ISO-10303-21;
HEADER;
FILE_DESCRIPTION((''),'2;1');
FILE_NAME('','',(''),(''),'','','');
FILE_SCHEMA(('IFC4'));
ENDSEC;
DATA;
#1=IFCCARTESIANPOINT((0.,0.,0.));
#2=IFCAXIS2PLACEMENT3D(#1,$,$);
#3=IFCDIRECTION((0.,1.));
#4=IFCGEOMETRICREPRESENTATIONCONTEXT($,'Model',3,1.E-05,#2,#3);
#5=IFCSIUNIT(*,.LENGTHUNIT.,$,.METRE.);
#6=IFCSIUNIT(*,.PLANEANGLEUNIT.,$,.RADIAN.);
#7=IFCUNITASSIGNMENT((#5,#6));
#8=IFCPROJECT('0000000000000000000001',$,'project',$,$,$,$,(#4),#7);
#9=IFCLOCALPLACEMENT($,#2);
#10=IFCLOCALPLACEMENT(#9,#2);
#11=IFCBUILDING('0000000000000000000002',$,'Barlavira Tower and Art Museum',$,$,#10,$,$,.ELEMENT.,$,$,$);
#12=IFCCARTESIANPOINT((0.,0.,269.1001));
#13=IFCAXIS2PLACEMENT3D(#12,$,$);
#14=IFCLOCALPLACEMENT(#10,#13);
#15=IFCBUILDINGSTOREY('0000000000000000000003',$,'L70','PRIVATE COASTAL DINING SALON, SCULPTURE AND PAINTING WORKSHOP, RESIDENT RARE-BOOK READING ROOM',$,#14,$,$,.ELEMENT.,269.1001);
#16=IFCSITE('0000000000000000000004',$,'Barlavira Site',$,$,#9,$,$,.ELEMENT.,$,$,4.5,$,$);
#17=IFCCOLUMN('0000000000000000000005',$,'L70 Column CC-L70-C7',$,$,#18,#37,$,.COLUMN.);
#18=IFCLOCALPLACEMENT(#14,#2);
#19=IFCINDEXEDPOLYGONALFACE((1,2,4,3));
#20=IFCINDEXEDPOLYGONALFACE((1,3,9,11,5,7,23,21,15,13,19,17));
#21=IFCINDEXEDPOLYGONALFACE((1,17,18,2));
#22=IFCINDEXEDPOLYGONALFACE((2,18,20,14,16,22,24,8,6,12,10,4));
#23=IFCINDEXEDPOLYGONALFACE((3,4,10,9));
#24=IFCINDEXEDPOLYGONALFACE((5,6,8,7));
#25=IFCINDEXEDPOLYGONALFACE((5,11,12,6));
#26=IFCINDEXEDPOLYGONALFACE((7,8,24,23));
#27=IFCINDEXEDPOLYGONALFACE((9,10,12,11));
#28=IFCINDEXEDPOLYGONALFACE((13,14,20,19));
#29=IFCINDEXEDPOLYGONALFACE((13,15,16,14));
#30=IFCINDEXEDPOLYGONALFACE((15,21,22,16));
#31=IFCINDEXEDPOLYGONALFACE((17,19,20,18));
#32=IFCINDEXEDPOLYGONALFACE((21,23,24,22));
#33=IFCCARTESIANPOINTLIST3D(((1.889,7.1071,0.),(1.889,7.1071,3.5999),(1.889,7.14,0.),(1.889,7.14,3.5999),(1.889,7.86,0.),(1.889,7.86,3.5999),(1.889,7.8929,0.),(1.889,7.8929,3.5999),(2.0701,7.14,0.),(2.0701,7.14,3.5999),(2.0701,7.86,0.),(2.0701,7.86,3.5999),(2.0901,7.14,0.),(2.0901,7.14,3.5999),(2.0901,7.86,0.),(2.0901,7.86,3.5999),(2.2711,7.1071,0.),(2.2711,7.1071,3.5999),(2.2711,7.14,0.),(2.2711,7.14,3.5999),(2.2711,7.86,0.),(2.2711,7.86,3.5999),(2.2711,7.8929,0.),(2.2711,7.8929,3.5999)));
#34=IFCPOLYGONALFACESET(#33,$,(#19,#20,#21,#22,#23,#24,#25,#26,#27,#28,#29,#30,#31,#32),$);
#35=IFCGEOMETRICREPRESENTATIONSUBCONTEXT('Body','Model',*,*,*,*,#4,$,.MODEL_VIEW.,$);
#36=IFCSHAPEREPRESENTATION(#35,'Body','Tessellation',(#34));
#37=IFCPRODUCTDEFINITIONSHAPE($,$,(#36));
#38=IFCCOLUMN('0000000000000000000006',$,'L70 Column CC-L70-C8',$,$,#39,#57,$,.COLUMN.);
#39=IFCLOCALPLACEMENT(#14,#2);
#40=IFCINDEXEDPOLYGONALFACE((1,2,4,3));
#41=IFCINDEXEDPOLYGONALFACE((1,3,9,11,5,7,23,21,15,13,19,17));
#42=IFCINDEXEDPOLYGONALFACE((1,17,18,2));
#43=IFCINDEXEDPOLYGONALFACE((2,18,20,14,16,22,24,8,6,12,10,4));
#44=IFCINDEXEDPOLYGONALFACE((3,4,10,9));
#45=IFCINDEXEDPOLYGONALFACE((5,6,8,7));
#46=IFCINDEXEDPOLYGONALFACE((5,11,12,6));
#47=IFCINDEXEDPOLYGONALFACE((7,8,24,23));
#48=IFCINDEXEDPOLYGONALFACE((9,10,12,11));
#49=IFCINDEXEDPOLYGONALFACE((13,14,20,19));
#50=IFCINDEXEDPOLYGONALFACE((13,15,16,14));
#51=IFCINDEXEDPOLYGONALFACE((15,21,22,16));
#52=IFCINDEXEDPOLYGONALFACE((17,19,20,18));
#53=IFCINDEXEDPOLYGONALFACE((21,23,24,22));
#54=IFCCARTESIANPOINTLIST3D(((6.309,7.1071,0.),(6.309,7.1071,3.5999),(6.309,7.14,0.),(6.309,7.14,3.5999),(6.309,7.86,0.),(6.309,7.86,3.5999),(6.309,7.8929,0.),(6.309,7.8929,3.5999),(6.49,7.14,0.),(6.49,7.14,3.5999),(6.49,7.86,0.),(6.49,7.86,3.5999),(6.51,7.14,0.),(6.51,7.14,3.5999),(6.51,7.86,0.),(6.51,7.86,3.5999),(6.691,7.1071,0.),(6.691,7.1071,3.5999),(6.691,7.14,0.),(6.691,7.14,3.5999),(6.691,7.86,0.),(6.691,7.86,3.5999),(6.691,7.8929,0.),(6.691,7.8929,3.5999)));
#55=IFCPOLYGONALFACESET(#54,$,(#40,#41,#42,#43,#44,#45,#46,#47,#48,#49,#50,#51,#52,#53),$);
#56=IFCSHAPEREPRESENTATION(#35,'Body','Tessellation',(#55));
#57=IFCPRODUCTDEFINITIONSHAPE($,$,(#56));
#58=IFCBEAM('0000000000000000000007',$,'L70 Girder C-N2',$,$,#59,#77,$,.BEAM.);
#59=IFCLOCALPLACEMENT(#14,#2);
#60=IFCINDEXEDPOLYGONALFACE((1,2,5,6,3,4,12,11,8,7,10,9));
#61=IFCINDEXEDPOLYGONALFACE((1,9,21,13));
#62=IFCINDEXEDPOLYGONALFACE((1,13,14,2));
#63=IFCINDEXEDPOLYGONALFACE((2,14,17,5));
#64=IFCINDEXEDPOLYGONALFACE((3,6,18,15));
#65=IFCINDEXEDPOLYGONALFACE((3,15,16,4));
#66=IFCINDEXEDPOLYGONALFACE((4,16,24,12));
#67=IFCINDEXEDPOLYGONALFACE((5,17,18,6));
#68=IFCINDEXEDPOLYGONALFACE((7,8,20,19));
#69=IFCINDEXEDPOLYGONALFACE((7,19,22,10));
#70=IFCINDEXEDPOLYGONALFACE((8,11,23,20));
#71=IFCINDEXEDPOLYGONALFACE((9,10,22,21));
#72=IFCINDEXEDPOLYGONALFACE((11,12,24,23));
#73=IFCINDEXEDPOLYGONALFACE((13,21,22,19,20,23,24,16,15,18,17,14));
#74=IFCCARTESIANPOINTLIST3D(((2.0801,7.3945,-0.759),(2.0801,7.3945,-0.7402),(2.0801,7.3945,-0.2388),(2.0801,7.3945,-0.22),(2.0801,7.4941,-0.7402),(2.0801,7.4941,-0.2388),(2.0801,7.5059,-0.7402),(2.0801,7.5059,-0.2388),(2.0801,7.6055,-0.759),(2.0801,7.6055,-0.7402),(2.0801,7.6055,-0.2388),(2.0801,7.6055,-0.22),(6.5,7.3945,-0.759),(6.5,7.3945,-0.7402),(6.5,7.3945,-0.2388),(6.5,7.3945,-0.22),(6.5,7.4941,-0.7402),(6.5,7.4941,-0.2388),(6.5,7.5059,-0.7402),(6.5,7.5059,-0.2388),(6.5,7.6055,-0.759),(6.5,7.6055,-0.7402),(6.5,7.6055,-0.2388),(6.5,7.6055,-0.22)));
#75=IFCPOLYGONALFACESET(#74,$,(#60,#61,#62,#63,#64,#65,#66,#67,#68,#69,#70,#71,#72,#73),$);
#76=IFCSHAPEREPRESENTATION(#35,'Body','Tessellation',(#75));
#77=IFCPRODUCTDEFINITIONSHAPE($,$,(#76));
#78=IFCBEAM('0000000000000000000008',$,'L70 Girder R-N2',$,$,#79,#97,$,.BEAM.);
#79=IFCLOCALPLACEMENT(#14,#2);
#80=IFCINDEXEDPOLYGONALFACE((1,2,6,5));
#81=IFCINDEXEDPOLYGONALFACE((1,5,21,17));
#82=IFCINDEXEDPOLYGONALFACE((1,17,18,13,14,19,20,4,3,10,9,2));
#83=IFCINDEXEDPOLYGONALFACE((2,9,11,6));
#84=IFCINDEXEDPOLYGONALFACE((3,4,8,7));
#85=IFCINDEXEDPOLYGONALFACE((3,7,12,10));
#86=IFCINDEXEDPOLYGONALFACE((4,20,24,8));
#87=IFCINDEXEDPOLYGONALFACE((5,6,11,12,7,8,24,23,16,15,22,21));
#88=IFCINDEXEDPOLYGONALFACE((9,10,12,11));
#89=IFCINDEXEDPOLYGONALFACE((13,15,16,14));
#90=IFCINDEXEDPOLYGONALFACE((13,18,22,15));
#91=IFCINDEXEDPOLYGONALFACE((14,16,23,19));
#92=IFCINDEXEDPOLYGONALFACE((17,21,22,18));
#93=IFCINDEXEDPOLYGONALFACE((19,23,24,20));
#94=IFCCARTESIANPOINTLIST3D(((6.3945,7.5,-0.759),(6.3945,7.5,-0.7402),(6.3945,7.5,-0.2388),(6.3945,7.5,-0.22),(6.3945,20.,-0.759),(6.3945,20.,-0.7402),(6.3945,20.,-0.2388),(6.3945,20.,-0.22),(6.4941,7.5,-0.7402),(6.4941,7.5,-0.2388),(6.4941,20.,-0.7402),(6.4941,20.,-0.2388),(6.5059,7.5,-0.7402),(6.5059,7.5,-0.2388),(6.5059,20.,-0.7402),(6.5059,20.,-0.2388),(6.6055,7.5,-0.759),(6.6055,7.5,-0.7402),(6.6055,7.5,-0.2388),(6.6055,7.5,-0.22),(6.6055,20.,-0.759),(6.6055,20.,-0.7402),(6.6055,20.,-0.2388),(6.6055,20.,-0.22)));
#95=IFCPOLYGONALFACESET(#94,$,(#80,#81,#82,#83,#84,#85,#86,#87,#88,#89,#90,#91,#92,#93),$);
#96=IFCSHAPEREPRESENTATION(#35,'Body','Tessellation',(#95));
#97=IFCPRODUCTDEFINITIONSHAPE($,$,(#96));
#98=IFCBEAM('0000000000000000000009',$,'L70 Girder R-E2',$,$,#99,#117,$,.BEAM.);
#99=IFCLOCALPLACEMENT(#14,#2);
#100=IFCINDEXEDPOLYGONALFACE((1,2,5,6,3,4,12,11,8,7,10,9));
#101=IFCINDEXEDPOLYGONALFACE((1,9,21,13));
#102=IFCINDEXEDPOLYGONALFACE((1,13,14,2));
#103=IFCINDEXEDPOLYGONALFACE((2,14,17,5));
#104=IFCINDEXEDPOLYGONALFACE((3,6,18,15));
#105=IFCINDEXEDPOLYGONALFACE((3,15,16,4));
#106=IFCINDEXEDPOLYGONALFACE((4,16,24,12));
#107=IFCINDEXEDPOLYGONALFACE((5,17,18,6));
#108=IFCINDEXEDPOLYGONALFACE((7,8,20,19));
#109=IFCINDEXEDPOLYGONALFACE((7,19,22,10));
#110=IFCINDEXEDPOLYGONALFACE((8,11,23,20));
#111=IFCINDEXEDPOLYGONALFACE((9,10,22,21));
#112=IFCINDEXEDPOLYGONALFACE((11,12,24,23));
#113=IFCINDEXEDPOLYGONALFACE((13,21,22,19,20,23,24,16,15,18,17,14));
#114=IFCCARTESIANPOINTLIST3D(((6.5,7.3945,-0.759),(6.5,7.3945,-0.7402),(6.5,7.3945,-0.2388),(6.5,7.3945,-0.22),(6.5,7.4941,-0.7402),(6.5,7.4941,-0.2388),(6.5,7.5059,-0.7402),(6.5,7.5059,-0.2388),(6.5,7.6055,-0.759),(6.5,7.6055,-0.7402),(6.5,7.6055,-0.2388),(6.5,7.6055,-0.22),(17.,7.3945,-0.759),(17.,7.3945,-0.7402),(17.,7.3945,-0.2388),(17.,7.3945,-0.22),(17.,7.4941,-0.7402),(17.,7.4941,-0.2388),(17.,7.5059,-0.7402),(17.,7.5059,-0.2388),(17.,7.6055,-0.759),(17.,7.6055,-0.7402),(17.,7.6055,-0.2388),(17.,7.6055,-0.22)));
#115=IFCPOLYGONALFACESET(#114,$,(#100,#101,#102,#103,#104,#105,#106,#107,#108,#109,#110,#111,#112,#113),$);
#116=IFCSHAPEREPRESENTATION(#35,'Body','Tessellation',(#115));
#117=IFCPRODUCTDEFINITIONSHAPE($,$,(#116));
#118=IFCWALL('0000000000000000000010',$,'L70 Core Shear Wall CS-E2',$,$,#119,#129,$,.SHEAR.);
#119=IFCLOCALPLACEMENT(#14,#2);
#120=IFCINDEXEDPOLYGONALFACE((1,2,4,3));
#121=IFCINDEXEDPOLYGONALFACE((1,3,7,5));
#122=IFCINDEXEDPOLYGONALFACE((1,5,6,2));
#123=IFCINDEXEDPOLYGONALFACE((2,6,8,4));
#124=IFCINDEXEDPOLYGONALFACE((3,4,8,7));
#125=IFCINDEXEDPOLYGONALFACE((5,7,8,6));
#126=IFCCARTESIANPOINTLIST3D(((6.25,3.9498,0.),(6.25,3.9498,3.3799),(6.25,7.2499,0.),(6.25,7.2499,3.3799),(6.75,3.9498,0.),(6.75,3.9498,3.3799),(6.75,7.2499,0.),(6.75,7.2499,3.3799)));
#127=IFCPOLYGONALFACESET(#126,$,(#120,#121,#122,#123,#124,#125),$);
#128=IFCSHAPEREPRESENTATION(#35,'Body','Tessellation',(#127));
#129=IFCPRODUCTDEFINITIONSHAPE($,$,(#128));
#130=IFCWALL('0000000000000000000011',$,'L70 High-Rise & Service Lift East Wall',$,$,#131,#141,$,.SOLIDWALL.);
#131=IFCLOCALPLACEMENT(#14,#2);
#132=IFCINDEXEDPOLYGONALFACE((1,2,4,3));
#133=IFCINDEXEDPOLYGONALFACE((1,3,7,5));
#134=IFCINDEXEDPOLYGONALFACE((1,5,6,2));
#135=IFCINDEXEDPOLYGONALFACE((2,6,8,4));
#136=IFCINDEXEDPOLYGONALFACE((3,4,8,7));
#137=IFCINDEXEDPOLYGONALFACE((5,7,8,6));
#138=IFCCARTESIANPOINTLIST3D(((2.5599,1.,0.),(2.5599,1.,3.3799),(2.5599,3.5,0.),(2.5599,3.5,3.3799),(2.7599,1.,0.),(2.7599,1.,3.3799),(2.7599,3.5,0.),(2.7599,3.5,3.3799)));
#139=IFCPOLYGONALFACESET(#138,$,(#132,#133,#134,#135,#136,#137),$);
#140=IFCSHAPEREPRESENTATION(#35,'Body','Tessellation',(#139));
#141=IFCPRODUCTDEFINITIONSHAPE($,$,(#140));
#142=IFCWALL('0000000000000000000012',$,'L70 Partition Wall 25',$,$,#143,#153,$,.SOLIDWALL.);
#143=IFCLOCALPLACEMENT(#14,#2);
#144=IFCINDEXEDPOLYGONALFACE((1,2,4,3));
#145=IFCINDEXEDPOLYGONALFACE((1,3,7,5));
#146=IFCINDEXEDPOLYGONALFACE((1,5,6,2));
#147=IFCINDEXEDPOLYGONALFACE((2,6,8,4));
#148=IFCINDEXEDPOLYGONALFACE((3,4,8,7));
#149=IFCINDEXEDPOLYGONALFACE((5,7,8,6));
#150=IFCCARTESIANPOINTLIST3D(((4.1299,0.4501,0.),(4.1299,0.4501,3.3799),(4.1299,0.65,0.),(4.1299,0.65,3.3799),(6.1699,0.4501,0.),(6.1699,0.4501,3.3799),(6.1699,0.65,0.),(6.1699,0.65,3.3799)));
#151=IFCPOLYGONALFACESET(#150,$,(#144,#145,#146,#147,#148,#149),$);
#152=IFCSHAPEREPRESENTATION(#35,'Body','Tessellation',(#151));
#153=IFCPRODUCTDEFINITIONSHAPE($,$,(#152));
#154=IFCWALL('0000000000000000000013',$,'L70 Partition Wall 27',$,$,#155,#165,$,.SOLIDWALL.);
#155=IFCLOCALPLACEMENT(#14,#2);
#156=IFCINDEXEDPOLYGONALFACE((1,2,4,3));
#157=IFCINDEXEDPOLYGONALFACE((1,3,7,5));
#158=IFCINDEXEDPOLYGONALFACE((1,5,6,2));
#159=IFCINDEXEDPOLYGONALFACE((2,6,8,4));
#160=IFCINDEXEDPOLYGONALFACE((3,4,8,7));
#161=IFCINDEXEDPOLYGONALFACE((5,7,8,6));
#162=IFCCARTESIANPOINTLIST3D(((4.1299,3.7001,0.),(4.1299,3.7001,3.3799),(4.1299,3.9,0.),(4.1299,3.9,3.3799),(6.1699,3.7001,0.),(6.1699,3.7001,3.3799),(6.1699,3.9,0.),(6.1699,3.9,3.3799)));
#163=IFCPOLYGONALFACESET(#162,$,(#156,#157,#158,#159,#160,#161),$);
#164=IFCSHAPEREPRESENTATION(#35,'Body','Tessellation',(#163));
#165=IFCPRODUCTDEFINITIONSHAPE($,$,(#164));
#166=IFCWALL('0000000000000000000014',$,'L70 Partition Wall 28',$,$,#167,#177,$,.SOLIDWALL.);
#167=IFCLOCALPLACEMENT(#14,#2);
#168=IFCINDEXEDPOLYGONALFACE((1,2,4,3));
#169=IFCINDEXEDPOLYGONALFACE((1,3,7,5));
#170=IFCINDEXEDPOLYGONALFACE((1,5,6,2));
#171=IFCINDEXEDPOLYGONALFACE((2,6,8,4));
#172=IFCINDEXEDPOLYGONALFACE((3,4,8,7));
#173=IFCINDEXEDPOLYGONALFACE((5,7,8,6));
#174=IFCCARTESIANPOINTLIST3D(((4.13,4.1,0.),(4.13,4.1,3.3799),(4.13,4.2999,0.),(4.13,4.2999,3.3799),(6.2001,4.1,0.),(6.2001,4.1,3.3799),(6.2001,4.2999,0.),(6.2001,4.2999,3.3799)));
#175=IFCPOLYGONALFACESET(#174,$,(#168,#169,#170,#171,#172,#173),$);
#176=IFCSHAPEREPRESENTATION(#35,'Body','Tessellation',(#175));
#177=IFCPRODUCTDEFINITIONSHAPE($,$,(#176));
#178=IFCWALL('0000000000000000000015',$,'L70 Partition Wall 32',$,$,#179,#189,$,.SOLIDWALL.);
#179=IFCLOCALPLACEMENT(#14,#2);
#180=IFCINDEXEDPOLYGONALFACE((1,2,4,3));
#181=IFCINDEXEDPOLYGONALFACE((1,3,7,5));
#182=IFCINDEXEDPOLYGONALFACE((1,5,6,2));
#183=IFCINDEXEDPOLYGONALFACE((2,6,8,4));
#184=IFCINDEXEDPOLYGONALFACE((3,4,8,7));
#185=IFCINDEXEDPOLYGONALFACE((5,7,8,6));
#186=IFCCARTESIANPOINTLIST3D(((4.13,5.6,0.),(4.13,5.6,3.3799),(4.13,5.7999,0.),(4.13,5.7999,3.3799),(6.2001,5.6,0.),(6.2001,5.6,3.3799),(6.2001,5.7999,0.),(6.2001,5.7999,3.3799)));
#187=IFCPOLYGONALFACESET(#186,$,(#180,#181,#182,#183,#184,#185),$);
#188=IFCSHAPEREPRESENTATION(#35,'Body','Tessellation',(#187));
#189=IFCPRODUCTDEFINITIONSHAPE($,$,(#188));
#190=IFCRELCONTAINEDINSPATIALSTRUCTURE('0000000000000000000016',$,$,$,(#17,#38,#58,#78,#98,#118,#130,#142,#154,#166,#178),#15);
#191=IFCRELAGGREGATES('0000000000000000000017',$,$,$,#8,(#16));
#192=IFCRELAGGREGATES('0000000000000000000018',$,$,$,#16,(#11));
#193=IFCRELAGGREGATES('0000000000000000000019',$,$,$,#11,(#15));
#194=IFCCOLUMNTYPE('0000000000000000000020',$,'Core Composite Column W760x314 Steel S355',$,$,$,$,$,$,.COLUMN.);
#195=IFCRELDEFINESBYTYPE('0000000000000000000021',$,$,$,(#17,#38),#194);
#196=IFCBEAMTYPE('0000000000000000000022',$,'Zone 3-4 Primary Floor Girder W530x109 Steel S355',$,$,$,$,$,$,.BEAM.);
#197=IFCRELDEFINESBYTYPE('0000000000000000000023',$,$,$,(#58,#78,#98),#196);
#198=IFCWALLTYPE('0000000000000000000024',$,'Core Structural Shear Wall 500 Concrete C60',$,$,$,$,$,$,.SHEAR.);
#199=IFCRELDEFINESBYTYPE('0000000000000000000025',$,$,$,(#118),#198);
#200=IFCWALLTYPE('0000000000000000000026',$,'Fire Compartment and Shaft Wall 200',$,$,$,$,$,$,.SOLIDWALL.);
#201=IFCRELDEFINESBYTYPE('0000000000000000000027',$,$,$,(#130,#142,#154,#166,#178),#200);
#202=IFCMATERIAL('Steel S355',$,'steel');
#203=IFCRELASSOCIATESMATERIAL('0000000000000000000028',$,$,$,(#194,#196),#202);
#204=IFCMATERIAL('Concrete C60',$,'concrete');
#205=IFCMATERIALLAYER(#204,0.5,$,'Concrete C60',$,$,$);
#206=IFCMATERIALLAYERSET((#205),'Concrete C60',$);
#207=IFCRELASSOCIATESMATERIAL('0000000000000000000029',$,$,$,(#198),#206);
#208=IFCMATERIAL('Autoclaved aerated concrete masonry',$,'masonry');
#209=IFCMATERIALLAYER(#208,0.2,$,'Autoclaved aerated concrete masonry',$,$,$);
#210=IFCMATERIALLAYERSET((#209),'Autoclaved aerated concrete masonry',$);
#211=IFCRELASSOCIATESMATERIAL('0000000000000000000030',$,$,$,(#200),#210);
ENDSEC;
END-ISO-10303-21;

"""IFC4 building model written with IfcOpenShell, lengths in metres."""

from ifc_helpers import new_model, si_unit, direction, frame, frame_2d, origin, origin_2d, place, context, subcontext, project, spatial, rectangle, i_section, extrude, material, layer, layer_set, material_profile, profile_set, type_object, element, save


model = new_model("IFC4")

# Units and contexts
model_context = context("Model", 3, precision=1e-05, world=origin(), true_north=direction((0.0, 1.0)))
body_context = subcontext(model_context, "Body", "Model", "MODEL_VIEW")
ifc_project = project(units=[si_unit("LENGTHUNIT", "METRE"), si_unit("PLANEANGLEUNIT", "RADIAN")], contexts=[model_context])

# Site, building, storey
site_placement = place(None, origin())
site = spatial("IfcSite", under=ifc_project, at=site_placement, Name="Barlavira Site", CompositionType="ELEMENT", RefElevation=4.5)
building_placement = place(site_placement, origin())
building = spatial("IfcBuilding", under=site, at=building_placement, Name="Barlavira Tower and Art Museum", CompositionType="ELEMENT")
storey_placement = place(building_placement, frame((0.0, 0.0, 269.1001)))
storey = spatial("IfcBuildingStorey", under=building, at=storey_placement, Name="L70", Description="PRIVATE COASTAL DINING SALON, SCULPTURE AND PAINTING WORKSHOP, RESIDENT RARE-BOOK READING ROOM", CompositionType="ELEMENT", Elevation=269.1001)

# Columns
ifc_material_1 = material(Name="Steel S355", Category="steel")
ifc_material_profile_1 = material_profile(ifc_material_1, i_section(OverallWidth=0.3821, OverallDepth=0.7859, WebThickness=0.02, FlangeThickness=0.033, at=origin_2d()), Name="W760x314.0")
ifc_profile_set_1 = profile_set([ifc_material_profile_1], Name="Steel S355")
column_type = type_object("IfcColumnType", Name="Core Composite Column W760x314 Steel S355", PredefinedType="COLUMN", material=ifc_profile_set_1)
for number, where, z_axis, x_axis, name in (
    (1, (2.0801, 7.5, 0.0), (0.0, 0.0, 1.0), (1.0, 0.0, 0.0), "L70 Column CC-L70-C7"),
    (2, (6.5, 7.5, 0.0), (0.0, 0.0, 1.0), (1.0, 0.0, 0.0), "L70 Column CC-L70-C8"),
):
    element("IfcColumn", number, at=place(storey_placement, frame(where, z_axis=z_axis, x_axis=x_axis)), inside=storey, type_object=column_type, Name=name, PredefinedType="COLUMN", context=body_context, shape_type="SweptSolid", body=[
        extrude(i_section(OverallWidth=0.3821, OverallDepth=0.7859, WebThickness=0.02, FlangeThickness=0.033, at=origin_2d()), origin(), (0.0, 0.0, 1.0), 3.5999),
    ])

# Beams
ifc_material_profile_2 = material_profile(ifc_material_1, i_section(OverallWidth=0.2109, OverallDepth=0.5391, WebThickness=0.0117, FlangeThickness=0.0188, at=origin_2d()), Name="W530x109.0")
ifc_profile_set_2 = profile_set([ifc_material_profile_2], Name="Steel S355")
beam_type = type_object("IfcBeamType", Name="Zone 3-4 Primary Floor Girder W530x109 Steel S355", PredefinedType="BEAM", material=ifc_profile_set_2)
beam_1_placement = place(storey_placement, frame((2.0801, 7.5, -0.4895), z_axis=(1.0, 0.0, 0.0), x_axis=(0.0, 1.0, 0.0)))
element("IfcBeam", 3, at=beam_1_placement, inside=storey, type_object=beam_type, Name="L70 Girder C-N2", PredefinedType="BEAM", context=body_context, shape_type="SweptSolid", body=[
    extrude(i_section(OverallWidth=0.2109, OverallDepth=0.5391, WebThickness=0.0117, FlangeThickness=0.0188, at=origin_2d()), origin(), (0.0, 0.0, 1.0), 4.4199),
])
beam_2_placement = place(storey_placement, frame((6.5, 7.5, -0.4895), z_axis=(0.0, 1.0, 0.0), x_axis=(-1.0, 0.0, 0.0)))
element("IfcBeam", 4, at=beam_2_placement, inside=storey, type_object=beam_type, Name="L70 Girder R-N2", PredefinedType="BEAM", context=body_context, shape_type="SweptSolid", body=[
    extrude(i_section(OverallWidth=0.2109, OverallDepth=0.5391, WebThickness=0.0117, FlangeThickness=0.0188, at=origin_2d()), origin(), (0.0, 0.0, 1.0), 12.5),
])
beam_3_placement = place(storey_placement, frame((6.5, 7.5, -0.4895), z_axis=(1.0, 0.0, 0.0), x_axis=(0.0, 1.0, 0.0)))
element("IfcBeam", 5, at=beam_3_placement, inside=storey, type_object=beam_type, Name="L70 Girder R-E2", PredefinedType="BEAM", context=body_context, shape_type="SweptSolid", body=[
    extrude(i_section(OverallWidth=0.2109, OverallDepth=0.5391, WebThickness=0.0117, FlangeThickness=0.0188, at=origin_2d()), origin(), (0.0, 0.0, 1.0), 10.5),
])

# Walls
ifc_material_2 = material(Name="Concrete C60", Category="concrete")
ifc_layer_1 = layer(ifc_material_2, 0.5, Name="Concrete C60")
ifc_layer_set_1 = layer_set([ifc_layer_1], Name="Concrete C60")
wall_type_1 = type_object("IfcWallType", Name="Core Structural Shear Wall 500 Concrete C60", PredefinedType="SHEAR", material=ifc_layer_set_1)
wall_1_placement = place(storey_placement, frame((6.5, 3.95, 0.0), z_axis=(0.0, 0.0, 1.0), x_axis=(0.0, 1.0, 0.0)))
element("IfcWall", 6, at=wall_1_placement, inside=storey, type_object=wall_type_1, Name="L70 Core Shear Wall CS-E2", PredefinedType="SHEAR", context=body_context, shape_type="SweptSolid", body=[
    extrude(rectangle(XDim=3.3, YDim=0.5, at=frame_2d((1.6499, 0.0))), origin(), (0.0, 0.0, 1.0), 3.3799),
])
ifc_material_3 = material(Name="Autoclaved aerated concrete masonry", Category="masonry")
ifc_layer_2 = layer(ifc_material_3, 0.2, Name="Autoclaved aerated concrete masonry")
ifc_layer_set_2 = layer_set([ifc_layer_2], Name="Autoclaved aerated concrete masonry")
wall_type_2 = type_object("IfcWallType", Name="Fire Compartment and Shaft Wall 200", PredefinedType="SOLIDWALL", material=ifc_layer_set_2)
wall_2_placement = place(storey_placement, frame((2.6599, 1.0, 0.0), z_axis=(0.0, 0.0, 1.0), x_axis=(0.0, 1.0, 0.0)))
element("IfcWall", 7, at=wall_2_placement, inside=storey, type_object=wall_type_2, Name="L70 High-Rise & Service Lift East Wall", PredefinedType="SOLIDWALL", context=body_context, shape_type="SweptSolid", body=[
    extrude(rectangle(XDim=2.5, YDim=0.2, at=frame_2d((1.25, 0.0))), origin(), (0.0, 0.0, 1.0), 3.3799),
])

# Walls
for number, where, z_axis, x_axis, name in (
    (8, (4.1299, 0.55, 0.0), (0.0, 0.0, 1.0), (1.0, 0.0, 0.0), "L70 Partition Wall 25"),
    (9, (4.1299, 3.8, 0.0), (0.0, 0.0, 1.0), (1.0, 0.0, 0.0), "L70 Partition Wall 27"),
):
    element("IfcWall", number, at=place(storey_placement, frame(where, z_axis=z_axis, x_axis=x_axis)), inside=storey, type_object=wall_type_2, Name=name, PredefinedType="SOLIDWALL", context=body_context, shape_type="SweptSolid", body=[
        extrude(rectangle(XDim=2.04, YDim=0.2, at=frame_2d((1.02, 0.0))), origin(), (0.0, 0.0, 1.0), 3.3799),
    ])
wall_3_placement = place(storey_placement, frame((4.1299, 4.2, 0.0), z_axis=(0.0, 0.0, 1.0), x_axis=(1.0, 0.0, 0.0)))
element("IfcWall", 10, at=wall_3_placement, inside=storey, type_object=wall_type_2, Name="L70 Partition Wall 28", PredefinedType="SOLIDWALL", context=body_context, shape_type="SweptSolid", body=[
    extrude(rectangle(XDim=2.0701, YDim=0.2, at=frame_2d((1.0352, 0.0))), origin(), (0.0, 0.0, 1.0), 3.3799),
])

# Wall
for number, where, z_axis, x_axis, name in (
    (11, (4.1299, 5.7, 0.0), (0.0, 0.0, 1.0), (1.0, 0.0, 0.0), "L70 Partition Wall 32"),
):
    element("IfcWall", number, at=place(storey_placement, frame(where, z_axis=z_axis, x_axis=x_axis)), inside=storey, type_object=wall_type_2, Name=name, PredefinedType="SOLIDWALL", context=body_context, shape_type="SweptSolid", body=[
        extrude(rectangle(XDim=2.0701, YDim=0.2, at=frame_2d((1.0352, 0.0))), origin(), (0.0, 0.0, 1.0), 3.3799),
    ])

save(model, "model.ifc")
